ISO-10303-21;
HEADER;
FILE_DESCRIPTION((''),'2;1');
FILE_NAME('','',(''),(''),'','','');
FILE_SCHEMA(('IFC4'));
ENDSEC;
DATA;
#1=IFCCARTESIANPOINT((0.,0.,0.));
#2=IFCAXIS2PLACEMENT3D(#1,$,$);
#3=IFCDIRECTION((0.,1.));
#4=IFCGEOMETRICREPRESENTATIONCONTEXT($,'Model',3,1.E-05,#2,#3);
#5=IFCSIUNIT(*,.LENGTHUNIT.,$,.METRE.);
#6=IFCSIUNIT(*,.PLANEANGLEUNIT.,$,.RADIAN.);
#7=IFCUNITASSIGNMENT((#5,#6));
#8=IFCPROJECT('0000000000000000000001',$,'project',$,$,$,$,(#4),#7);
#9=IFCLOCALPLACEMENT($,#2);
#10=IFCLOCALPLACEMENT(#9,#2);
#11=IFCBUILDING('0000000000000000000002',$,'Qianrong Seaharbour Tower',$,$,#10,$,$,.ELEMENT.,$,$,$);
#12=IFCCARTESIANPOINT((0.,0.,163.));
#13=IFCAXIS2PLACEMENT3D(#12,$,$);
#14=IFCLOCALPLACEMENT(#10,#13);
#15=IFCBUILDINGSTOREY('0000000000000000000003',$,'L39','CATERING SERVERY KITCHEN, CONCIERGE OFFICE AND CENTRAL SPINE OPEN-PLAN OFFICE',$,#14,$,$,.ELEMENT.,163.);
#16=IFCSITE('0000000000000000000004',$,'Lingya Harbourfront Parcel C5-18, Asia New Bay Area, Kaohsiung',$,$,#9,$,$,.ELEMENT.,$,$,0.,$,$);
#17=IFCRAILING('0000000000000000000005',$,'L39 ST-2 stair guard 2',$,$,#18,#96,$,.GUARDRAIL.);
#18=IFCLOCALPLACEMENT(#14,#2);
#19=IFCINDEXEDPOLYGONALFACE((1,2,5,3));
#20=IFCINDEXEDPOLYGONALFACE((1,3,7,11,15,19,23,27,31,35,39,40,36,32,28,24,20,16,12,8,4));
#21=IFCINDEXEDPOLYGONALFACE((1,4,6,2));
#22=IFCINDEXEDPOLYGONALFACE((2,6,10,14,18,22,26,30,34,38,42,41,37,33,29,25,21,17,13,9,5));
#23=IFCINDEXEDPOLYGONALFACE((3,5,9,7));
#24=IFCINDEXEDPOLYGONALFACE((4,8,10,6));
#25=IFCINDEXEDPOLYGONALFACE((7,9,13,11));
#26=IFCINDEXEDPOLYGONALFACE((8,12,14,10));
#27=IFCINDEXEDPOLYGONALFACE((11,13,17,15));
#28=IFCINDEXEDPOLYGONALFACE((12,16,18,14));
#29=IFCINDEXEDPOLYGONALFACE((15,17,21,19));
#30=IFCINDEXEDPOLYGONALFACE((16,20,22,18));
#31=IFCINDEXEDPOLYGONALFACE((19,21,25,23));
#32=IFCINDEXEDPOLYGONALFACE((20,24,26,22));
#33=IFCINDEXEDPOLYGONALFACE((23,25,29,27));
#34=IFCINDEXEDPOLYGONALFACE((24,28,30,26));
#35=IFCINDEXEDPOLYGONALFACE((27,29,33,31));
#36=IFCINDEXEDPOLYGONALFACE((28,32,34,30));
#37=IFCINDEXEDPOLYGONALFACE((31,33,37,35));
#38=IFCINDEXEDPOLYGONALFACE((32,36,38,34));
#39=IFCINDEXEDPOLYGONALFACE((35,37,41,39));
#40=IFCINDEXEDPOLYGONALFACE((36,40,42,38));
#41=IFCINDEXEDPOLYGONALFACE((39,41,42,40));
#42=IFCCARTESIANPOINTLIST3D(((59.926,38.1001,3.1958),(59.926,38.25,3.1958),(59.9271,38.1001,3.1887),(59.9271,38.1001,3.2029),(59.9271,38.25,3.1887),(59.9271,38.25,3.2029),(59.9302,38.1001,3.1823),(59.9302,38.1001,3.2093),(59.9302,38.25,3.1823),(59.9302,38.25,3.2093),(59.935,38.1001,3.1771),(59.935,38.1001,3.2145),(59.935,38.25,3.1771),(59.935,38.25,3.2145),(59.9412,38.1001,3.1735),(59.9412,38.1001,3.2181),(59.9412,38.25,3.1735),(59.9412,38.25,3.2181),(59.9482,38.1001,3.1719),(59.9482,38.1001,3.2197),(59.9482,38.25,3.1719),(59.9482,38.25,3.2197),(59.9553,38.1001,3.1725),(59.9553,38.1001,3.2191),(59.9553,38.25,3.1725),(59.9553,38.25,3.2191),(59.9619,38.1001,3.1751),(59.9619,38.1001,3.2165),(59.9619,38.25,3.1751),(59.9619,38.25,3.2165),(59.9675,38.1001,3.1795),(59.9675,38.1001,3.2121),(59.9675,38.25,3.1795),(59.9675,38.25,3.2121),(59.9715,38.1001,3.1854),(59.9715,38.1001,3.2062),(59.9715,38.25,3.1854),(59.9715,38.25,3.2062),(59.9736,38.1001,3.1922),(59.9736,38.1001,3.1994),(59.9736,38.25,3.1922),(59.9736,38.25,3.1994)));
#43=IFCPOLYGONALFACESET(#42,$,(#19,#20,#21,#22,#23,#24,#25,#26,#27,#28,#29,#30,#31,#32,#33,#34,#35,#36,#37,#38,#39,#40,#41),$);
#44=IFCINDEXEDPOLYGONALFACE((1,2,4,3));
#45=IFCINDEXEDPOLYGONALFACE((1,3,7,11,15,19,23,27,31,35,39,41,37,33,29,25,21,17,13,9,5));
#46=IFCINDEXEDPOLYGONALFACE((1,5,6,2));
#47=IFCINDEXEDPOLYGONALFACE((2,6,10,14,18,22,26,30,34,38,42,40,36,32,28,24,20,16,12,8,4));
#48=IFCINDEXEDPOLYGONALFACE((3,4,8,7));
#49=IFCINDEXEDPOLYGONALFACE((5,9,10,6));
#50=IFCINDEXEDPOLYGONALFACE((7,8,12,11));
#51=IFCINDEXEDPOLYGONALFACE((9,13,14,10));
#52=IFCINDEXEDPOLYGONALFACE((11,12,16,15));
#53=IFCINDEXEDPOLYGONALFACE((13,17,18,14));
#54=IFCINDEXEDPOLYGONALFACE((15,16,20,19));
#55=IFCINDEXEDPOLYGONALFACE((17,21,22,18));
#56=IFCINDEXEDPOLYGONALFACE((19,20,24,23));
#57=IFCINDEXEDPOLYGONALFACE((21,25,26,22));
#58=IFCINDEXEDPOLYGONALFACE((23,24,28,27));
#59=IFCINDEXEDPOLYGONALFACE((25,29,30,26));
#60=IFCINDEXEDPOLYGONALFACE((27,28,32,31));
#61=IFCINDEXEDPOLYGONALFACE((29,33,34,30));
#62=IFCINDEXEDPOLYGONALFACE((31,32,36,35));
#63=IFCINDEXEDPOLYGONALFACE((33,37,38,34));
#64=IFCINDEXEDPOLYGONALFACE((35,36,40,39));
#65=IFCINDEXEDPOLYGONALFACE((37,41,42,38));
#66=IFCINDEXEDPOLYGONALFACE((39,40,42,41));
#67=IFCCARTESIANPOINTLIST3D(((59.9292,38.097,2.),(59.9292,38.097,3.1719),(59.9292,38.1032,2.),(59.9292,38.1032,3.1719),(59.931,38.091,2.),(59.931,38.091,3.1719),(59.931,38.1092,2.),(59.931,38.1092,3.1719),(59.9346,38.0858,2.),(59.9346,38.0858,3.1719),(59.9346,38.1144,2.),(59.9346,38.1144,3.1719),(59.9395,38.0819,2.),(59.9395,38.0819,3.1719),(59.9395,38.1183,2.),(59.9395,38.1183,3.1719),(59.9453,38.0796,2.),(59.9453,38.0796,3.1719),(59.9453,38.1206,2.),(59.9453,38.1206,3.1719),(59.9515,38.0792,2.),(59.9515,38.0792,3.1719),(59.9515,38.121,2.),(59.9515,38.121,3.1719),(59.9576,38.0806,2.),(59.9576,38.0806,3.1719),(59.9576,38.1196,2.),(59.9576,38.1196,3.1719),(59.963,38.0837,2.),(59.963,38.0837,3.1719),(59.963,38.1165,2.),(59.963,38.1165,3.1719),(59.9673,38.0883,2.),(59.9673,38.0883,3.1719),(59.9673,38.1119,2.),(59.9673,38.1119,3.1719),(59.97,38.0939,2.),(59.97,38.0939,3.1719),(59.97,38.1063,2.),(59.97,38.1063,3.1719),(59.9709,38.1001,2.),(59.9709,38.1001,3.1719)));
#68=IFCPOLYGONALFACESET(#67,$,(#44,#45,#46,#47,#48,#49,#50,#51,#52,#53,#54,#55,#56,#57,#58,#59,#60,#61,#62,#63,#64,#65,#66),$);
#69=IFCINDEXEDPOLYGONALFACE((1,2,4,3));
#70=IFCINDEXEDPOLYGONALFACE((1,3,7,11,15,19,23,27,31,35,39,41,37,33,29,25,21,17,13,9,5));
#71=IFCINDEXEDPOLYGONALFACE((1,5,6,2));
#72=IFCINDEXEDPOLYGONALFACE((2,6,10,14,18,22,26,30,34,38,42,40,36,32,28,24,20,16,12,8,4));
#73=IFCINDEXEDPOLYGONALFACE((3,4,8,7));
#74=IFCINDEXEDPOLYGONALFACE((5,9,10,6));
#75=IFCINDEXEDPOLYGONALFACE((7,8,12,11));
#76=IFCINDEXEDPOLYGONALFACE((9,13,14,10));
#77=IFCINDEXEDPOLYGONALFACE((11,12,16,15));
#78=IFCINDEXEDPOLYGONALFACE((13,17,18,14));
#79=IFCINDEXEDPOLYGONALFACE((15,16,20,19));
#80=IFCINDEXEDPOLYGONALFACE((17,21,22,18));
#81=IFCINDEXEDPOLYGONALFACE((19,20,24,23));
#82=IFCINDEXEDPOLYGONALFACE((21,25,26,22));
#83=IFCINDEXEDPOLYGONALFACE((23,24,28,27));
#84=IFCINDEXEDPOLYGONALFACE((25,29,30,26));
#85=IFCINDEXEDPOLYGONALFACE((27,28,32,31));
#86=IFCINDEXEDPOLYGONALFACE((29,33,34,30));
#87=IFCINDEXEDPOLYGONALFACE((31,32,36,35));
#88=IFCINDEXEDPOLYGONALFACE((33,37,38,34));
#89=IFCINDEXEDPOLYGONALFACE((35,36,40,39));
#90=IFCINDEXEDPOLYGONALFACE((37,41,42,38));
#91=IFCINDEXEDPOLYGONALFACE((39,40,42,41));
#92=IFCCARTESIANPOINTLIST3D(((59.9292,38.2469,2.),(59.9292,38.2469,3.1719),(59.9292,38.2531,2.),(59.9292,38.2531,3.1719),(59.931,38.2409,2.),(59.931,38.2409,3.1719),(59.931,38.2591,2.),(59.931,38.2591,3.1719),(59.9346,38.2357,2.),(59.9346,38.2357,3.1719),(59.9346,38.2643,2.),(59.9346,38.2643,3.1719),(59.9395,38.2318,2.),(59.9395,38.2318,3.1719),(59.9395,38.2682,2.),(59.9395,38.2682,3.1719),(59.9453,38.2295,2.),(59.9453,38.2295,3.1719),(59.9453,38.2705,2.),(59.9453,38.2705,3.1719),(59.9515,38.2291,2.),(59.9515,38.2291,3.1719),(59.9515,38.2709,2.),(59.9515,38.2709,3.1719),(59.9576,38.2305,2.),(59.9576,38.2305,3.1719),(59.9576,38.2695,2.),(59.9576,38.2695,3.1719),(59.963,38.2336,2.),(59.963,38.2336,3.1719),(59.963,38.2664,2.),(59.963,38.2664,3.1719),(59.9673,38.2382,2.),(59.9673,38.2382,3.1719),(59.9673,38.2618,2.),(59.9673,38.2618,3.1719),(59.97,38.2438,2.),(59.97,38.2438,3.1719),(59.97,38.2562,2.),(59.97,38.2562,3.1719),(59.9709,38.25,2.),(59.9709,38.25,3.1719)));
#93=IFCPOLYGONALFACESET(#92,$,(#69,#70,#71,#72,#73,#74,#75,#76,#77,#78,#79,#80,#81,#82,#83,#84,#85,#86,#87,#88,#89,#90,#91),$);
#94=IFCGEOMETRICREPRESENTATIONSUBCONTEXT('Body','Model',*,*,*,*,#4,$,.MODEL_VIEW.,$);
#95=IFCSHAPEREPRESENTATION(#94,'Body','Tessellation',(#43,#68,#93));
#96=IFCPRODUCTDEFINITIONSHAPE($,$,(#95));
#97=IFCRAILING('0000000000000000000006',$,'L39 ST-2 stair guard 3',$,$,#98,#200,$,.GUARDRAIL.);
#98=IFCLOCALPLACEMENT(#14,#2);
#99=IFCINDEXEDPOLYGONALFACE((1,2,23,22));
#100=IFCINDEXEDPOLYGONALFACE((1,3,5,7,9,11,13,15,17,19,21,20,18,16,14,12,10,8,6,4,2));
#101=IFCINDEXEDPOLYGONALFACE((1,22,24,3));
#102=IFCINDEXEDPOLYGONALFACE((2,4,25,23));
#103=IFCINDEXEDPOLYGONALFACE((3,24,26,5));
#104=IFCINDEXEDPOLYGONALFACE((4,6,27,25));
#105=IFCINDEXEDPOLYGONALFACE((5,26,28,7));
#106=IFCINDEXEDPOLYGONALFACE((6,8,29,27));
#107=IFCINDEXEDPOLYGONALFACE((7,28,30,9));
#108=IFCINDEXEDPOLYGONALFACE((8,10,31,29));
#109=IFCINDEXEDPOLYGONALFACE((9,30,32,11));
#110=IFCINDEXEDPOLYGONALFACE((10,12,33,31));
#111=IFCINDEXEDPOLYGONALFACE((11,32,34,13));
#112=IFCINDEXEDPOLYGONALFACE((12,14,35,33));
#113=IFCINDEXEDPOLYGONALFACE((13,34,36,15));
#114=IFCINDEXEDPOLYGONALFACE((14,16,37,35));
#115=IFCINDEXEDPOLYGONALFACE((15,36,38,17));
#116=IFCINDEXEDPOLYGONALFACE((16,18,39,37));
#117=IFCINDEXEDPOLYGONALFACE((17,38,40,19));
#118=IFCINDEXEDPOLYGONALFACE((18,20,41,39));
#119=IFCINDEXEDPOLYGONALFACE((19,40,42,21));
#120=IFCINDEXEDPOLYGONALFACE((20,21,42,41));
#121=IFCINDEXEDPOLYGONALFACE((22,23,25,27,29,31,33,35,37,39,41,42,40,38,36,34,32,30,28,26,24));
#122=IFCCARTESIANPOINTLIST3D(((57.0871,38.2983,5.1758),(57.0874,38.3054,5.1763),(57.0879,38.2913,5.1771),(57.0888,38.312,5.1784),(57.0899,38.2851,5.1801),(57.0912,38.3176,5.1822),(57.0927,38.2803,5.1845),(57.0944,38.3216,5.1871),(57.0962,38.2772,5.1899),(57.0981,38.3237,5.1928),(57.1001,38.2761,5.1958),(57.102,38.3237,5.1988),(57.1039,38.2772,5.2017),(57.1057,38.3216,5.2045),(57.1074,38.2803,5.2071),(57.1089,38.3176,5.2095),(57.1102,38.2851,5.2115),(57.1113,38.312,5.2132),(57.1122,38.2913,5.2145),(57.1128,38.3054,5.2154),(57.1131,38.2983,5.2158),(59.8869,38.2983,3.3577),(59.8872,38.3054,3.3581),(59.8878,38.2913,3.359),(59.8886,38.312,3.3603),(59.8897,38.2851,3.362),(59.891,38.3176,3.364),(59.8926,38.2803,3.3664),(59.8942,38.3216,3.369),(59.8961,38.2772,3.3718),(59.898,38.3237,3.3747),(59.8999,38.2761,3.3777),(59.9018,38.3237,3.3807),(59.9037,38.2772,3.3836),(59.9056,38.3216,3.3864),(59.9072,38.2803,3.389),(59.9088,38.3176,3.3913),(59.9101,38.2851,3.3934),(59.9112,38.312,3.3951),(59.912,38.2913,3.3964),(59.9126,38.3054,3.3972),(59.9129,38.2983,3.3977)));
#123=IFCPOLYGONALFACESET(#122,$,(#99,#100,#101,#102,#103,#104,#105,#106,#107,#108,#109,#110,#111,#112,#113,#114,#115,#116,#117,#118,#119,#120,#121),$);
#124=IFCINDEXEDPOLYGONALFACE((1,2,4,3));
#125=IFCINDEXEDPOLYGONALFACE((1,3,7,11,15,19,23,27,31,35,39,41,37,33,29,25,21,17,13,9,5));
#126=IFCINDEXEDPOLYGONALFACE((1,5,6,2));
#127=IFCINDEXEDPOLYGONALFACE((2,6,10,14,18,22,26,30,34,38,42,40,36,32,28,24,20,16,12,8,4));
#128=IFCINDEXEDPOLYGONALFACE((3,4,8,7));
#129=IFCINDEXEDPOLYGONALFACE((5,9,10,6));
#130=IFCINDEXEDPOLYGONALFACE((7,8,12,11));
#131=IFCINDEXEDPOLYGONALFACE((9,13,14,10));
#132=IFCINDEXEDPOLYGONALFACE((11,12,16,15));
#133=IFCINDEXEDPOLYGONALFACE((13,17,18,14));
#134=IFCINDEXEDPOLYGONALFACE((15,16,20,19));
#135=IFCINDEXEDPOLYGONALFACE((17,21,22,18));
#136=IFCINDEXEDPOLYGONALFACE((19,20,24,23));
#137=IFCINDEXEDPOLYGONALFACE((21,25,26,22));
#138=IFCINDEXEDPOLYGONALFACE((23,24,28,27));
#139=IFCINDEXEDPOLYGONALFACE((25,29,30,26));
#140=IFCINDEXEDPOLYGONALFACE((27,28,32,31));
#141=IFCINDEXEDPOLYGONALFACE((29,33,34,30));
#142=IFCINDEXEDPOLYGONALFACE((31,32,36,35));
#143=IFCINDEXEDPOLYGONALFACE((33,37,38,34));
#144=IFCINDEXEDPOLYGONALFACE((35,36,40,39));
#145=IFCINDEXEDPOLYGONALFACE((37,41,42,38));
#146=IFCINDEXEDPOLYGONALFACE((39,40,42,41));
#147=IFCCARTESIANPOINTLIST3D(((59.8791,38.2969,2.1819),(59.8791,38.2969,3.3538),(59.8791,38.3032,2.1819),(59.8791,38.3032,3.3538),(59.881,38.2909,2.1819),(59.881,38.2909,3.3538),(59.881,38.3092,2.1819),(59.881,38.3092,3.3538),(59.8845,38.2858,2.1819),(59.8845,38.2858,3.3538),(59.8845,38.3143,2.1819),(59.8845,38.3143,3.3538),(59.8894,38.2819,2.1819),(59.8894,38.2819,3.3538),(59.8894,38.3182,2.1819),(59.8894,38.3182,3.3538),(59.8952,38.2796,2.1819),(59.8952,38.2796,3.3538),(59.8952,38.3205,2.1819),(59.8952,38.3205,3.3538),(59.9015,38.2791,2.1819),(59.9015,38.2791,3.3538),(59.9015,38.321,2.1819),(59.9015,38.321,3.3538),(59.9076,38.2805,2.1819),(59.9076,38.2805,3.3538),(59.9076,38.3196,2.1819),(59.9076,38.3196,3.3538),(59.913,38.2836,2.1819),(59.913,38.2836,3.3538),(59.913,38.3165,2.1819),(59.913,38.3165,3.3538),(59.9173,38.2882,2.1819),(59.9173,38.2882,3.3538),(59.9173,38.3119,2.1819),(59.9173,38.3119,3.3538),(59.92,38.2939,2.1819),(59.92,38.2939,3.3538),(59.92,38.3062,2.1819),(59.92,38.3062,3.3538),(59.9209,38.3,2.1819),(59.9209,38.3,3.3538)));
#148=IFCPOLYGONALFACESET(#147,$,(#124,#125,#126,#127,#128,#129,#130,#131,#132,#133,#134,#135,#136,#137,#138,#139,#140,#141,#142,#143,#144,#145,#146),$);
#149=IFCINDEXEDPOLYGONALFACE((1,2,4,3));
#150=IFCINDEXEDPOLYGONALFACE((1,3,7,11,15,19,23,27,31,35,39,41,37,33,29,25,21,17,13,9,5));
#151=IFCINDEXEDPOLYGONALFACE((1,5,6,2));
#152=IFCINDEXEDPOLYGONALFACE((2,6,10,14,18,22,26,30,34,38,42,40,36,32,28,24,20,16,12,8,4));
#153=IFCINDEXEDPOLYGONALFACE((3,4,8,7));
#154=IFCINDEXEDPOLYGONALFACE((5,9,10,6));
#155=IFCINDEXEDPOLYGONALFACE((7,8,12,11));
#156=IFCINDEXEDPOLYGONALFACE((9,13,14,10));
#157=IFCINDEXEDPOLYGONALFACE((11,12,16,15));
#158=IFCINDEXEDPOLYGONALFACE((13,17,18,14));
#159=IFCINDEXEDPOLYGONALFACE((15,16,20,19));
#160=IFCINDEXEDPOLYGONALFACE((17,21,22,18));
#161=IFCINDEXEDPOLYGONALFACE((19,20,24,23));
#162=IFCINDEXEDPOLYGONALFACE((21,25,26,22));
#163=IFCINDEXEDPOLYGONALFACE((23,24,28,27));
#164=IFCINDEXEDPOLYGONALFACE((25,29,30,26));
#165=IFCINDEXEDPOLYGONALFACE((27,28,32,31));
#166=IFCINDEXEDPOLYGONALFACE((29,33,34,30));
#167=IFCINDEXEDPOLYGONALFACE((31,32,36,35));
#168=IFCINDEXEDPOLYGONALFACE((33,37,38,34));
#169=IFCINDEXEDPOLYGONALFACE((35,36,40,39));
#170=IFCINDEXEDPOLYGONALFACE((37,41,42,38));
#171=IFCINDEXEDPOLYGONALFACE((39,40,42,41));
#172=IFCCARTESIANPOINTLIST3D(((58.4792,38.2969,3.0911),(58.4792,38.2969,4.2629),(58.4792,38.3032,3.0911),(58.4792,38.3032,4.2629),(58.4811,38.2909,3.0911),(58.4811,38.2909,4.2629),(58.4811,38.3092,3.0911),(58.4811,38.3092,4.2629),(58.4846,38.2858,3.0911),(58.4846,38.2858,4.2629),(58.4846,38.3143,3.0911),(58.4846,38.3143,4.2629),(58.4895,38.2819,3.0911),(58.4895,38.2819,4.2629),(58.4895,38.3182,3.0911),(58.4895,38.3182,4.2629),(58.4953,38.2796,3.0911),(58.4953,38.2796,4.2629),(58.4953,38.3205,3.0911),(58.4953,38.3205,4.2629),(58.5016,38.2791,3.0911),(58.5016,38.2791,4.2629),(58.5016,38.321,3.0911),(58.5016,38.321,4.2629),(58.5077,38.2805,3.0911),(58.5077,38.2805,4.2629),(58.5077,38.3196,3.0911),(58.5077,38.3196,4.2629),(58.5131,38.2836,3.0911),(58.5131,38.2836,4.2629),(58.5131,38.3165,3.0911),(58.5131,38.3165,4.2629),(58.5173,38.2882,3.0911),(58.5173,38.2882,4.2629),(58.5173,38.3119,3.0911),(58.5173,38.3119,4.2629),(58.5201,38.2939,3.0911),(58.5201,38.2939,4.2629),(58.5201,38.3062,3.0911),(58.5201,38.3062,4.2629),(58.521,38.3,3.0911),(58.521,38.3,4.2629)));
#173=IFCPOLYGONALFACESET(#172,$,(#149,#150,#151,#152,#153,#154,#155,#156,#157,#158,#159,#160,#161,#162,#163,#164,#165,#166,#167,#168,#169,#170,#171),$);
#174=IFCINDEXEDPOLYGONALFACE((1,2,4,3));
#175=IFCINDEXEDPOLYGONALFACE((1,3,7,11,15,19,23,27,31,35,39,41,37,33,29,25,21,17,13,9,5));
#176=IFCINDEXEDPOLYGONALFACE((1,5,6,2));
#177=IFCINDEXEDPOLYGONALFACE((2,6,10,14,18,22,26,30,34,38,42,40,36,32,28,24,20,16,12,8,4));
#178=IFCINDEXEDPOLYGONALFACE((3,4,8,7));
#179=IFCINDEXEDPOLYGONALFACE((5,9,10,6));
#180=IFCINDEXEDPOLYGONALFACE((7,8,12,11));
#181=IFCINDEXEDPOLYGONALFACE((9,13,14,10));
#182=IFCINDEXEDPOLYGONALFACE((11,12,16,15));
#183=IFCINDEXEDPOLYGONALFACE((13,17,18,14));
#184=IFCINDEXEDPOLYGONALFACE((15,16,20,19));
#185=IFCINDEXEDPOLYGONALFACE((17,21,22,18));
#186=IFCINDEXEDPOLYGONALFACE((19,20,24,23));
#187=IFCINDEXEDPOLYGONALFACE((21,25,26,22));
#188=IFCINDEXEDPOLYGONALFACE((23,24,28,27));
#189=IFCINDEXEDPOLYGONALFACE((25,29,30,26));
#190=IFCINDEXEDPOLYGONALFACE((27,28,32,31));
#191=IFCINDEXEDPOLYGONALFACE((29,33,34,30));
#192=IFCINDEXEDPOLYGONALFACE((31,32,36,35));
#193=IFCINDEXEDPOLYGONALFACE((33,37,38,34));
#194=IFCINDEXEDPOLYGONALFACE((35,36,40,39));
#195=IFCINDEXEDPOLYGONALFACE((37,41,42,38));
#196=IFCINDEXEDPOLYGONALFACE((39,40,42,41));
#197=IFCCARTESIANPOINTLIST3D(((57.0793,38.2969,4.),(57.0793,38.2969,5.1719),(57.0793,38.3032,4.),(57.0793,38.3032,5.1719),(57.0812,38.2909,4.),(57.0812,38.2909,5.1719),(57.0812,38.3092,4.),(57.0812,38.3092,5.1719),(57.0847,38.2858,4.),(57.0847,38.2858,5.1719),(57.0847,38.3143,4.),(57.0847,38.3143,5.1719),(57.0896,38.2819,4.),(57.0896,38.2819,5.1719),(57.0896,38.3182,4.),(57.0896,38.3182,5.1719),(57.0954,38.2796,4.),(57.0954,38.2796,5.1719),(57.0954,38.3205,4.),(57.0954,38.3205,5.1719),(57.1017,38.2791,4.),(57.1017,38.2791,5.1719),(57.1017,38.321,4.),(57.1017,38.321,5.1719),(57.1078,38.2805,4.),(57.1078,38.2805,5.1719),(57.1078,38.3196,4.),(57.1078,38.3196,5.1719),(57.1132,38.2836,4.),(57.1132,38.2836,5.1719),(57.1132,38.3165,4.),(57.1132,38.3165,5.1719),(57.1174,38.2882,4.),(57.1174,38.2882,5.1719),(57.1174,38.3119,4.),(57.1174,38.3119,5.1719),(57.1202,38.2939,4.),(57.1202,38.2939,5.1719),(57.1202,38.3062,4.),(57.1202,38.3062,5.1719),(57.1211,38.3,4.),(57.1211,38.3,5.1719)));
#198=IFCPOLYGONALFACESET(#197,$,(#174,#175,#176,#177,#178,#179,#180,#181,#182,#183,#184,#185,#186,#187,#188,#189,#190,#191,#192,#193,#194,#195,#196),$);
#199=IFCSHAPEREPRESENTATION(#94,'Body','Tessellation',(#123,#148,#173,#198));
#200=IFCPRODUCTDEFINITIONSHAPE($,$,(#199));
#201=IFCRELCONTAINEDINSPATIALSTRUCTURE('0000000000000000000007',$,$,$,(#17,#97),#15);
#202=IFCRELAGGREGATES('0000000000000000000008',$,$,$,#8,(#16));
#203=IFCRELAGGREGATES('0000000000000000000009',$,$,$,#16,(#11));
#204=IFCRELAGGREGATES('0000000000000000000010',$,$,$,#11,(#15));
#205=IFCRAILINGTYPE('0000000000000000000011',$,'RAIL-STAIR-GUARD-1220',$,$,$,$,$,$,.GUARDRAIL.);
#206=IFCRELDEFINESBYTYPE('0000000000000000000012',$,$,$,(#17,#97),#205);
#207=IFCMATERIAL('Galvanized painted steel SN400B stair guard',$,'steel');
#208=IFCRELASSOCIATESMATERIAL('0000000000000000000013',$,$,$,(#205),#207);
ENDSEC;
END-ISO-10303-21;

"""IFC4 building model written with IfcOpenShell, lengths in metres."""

from ifc_helpers import new_model, si_unit, direction, frame, origin, origin_2d, place, context, subcontext, project, spatial, circle, extrude, material, type_object, element, save


model = new_model("IFC4")

# Units and contexts
model_context = context("Model", 3, precision=1e-05, world=origin(), true_north=direction((0.0, 1.0)))
body_context = subcontext(model_context, "Body", "Model", "MODEL_VIEW")
ifc_project = project(units=[si_unit("LENGTHUNIT", "METRE"), si_unit("PLANEANGLEUNIT", "RADIAN")], contexts=[model_context])

# Site, building, storey
site_placement = place(None, origin())
site = spatial("IfcSite", under=ifc_project, at=site_placement, Name="Lingya Harbourfront Parcel C5-18, Asia New Bay Area, Kaohsiung", CompositionType="ELEMENT", RefElevation=0.0)
building_placement = place(site_placement, origin())
building = spatial("IfcBuilding", under=site, at=building_placement, Name="Qianrong Seaharbour Tower", CompositionType="ELEMENT")
storey_placement = place(building_placement, frame((0.0, 0.0, 163.0)))
storey = spatial("IfcBuildingStorey", under=building, at=storey_placement, Name="L39", Description="CATERING SERVERY KITCHEN, CONCIERGE OFFICE AND CENTRAL SPINE OPEN-PLAN OFFICE", CompositionType="ELEMENT", Elevation=163.0)

# Railings
ifc_material_1 = material(Name="Galvanized painted steel SN400B stair guard", Category="steel")
railing_type_1 = type_object("IfcRailingType", Name="RAIL-STAIR-GUARD-1220", PredefinedType="GUARDRAIL", material=ifc_material_1)
railing_1_placement = place(storey_placement, frame((59.95, 38.1001, 2.0)))
element("IfcRailing", 1, at=railing_1_placement, inside=storey, type_object=railing_type_1, Name="L39 ST-2 stair guard 2", PredefinedType="GUARDRAIL", context=body_context, shape_type="SweptSolid", body=[
    extrude(circle(Radius=0.0239, at=origin_2d()), frame((0.0, 0.0, 1.1958), z_axis=(0.0, 1.0, 0.0), x_axis=(-1.0, 0.0, 0.0)), (0.0, 0.0, 1.0), 0.1499),
    extrude(circle(Radius=0.021, at=origin_2d()), origin(), (0.0, 0.0, 1.0), 1.1719),
    extrude(circle(Radius=0.021, at=origin_2d()), frame((0.0, 0.1499, 0.0)), (0.0, 0.0, 1.0), 1.1719),
])
railing_2_placement = place(storey_placement, frame((59.8999, 38.3, 2.1819)))
element("IfcRailing", 2, at=railing_2_placement, inside=storey, type_object=railing_type_1, Name="L39 ST-2 stair guard 3", PredefinedType="GUARDRAIL", context=body_context, shape_type="SweptSolid", body=[
    extrude(circle(Radius=0.0239, at=origin_2d()), frame((0.0, 0.0, 1.1958), z_axis=(-0.838684, 0.0, 0.544618), x_axis=(0.0, -1.0, 0.0)), (0.0, 0.0, 1.0), 3.3384),
    extrude(circle(Radius=0.021, at=origin_2d()), origin(), (0.0, 0.0, 1.0), 1.1719),
    extrude(circle(Radius=0.021, at=origin_2d()), frame((-1.3999, 0.0, 0.9092)), (0.0, 0.0, 1.0), 1.1719),
    extrude(circle(Radius=0.021, at=origin_2d()), frame((-2.7998, 0.0, 1.8181)), (0.0, 0.0, 1.0), 1.1719),
])

save(model, "model.ifc")
